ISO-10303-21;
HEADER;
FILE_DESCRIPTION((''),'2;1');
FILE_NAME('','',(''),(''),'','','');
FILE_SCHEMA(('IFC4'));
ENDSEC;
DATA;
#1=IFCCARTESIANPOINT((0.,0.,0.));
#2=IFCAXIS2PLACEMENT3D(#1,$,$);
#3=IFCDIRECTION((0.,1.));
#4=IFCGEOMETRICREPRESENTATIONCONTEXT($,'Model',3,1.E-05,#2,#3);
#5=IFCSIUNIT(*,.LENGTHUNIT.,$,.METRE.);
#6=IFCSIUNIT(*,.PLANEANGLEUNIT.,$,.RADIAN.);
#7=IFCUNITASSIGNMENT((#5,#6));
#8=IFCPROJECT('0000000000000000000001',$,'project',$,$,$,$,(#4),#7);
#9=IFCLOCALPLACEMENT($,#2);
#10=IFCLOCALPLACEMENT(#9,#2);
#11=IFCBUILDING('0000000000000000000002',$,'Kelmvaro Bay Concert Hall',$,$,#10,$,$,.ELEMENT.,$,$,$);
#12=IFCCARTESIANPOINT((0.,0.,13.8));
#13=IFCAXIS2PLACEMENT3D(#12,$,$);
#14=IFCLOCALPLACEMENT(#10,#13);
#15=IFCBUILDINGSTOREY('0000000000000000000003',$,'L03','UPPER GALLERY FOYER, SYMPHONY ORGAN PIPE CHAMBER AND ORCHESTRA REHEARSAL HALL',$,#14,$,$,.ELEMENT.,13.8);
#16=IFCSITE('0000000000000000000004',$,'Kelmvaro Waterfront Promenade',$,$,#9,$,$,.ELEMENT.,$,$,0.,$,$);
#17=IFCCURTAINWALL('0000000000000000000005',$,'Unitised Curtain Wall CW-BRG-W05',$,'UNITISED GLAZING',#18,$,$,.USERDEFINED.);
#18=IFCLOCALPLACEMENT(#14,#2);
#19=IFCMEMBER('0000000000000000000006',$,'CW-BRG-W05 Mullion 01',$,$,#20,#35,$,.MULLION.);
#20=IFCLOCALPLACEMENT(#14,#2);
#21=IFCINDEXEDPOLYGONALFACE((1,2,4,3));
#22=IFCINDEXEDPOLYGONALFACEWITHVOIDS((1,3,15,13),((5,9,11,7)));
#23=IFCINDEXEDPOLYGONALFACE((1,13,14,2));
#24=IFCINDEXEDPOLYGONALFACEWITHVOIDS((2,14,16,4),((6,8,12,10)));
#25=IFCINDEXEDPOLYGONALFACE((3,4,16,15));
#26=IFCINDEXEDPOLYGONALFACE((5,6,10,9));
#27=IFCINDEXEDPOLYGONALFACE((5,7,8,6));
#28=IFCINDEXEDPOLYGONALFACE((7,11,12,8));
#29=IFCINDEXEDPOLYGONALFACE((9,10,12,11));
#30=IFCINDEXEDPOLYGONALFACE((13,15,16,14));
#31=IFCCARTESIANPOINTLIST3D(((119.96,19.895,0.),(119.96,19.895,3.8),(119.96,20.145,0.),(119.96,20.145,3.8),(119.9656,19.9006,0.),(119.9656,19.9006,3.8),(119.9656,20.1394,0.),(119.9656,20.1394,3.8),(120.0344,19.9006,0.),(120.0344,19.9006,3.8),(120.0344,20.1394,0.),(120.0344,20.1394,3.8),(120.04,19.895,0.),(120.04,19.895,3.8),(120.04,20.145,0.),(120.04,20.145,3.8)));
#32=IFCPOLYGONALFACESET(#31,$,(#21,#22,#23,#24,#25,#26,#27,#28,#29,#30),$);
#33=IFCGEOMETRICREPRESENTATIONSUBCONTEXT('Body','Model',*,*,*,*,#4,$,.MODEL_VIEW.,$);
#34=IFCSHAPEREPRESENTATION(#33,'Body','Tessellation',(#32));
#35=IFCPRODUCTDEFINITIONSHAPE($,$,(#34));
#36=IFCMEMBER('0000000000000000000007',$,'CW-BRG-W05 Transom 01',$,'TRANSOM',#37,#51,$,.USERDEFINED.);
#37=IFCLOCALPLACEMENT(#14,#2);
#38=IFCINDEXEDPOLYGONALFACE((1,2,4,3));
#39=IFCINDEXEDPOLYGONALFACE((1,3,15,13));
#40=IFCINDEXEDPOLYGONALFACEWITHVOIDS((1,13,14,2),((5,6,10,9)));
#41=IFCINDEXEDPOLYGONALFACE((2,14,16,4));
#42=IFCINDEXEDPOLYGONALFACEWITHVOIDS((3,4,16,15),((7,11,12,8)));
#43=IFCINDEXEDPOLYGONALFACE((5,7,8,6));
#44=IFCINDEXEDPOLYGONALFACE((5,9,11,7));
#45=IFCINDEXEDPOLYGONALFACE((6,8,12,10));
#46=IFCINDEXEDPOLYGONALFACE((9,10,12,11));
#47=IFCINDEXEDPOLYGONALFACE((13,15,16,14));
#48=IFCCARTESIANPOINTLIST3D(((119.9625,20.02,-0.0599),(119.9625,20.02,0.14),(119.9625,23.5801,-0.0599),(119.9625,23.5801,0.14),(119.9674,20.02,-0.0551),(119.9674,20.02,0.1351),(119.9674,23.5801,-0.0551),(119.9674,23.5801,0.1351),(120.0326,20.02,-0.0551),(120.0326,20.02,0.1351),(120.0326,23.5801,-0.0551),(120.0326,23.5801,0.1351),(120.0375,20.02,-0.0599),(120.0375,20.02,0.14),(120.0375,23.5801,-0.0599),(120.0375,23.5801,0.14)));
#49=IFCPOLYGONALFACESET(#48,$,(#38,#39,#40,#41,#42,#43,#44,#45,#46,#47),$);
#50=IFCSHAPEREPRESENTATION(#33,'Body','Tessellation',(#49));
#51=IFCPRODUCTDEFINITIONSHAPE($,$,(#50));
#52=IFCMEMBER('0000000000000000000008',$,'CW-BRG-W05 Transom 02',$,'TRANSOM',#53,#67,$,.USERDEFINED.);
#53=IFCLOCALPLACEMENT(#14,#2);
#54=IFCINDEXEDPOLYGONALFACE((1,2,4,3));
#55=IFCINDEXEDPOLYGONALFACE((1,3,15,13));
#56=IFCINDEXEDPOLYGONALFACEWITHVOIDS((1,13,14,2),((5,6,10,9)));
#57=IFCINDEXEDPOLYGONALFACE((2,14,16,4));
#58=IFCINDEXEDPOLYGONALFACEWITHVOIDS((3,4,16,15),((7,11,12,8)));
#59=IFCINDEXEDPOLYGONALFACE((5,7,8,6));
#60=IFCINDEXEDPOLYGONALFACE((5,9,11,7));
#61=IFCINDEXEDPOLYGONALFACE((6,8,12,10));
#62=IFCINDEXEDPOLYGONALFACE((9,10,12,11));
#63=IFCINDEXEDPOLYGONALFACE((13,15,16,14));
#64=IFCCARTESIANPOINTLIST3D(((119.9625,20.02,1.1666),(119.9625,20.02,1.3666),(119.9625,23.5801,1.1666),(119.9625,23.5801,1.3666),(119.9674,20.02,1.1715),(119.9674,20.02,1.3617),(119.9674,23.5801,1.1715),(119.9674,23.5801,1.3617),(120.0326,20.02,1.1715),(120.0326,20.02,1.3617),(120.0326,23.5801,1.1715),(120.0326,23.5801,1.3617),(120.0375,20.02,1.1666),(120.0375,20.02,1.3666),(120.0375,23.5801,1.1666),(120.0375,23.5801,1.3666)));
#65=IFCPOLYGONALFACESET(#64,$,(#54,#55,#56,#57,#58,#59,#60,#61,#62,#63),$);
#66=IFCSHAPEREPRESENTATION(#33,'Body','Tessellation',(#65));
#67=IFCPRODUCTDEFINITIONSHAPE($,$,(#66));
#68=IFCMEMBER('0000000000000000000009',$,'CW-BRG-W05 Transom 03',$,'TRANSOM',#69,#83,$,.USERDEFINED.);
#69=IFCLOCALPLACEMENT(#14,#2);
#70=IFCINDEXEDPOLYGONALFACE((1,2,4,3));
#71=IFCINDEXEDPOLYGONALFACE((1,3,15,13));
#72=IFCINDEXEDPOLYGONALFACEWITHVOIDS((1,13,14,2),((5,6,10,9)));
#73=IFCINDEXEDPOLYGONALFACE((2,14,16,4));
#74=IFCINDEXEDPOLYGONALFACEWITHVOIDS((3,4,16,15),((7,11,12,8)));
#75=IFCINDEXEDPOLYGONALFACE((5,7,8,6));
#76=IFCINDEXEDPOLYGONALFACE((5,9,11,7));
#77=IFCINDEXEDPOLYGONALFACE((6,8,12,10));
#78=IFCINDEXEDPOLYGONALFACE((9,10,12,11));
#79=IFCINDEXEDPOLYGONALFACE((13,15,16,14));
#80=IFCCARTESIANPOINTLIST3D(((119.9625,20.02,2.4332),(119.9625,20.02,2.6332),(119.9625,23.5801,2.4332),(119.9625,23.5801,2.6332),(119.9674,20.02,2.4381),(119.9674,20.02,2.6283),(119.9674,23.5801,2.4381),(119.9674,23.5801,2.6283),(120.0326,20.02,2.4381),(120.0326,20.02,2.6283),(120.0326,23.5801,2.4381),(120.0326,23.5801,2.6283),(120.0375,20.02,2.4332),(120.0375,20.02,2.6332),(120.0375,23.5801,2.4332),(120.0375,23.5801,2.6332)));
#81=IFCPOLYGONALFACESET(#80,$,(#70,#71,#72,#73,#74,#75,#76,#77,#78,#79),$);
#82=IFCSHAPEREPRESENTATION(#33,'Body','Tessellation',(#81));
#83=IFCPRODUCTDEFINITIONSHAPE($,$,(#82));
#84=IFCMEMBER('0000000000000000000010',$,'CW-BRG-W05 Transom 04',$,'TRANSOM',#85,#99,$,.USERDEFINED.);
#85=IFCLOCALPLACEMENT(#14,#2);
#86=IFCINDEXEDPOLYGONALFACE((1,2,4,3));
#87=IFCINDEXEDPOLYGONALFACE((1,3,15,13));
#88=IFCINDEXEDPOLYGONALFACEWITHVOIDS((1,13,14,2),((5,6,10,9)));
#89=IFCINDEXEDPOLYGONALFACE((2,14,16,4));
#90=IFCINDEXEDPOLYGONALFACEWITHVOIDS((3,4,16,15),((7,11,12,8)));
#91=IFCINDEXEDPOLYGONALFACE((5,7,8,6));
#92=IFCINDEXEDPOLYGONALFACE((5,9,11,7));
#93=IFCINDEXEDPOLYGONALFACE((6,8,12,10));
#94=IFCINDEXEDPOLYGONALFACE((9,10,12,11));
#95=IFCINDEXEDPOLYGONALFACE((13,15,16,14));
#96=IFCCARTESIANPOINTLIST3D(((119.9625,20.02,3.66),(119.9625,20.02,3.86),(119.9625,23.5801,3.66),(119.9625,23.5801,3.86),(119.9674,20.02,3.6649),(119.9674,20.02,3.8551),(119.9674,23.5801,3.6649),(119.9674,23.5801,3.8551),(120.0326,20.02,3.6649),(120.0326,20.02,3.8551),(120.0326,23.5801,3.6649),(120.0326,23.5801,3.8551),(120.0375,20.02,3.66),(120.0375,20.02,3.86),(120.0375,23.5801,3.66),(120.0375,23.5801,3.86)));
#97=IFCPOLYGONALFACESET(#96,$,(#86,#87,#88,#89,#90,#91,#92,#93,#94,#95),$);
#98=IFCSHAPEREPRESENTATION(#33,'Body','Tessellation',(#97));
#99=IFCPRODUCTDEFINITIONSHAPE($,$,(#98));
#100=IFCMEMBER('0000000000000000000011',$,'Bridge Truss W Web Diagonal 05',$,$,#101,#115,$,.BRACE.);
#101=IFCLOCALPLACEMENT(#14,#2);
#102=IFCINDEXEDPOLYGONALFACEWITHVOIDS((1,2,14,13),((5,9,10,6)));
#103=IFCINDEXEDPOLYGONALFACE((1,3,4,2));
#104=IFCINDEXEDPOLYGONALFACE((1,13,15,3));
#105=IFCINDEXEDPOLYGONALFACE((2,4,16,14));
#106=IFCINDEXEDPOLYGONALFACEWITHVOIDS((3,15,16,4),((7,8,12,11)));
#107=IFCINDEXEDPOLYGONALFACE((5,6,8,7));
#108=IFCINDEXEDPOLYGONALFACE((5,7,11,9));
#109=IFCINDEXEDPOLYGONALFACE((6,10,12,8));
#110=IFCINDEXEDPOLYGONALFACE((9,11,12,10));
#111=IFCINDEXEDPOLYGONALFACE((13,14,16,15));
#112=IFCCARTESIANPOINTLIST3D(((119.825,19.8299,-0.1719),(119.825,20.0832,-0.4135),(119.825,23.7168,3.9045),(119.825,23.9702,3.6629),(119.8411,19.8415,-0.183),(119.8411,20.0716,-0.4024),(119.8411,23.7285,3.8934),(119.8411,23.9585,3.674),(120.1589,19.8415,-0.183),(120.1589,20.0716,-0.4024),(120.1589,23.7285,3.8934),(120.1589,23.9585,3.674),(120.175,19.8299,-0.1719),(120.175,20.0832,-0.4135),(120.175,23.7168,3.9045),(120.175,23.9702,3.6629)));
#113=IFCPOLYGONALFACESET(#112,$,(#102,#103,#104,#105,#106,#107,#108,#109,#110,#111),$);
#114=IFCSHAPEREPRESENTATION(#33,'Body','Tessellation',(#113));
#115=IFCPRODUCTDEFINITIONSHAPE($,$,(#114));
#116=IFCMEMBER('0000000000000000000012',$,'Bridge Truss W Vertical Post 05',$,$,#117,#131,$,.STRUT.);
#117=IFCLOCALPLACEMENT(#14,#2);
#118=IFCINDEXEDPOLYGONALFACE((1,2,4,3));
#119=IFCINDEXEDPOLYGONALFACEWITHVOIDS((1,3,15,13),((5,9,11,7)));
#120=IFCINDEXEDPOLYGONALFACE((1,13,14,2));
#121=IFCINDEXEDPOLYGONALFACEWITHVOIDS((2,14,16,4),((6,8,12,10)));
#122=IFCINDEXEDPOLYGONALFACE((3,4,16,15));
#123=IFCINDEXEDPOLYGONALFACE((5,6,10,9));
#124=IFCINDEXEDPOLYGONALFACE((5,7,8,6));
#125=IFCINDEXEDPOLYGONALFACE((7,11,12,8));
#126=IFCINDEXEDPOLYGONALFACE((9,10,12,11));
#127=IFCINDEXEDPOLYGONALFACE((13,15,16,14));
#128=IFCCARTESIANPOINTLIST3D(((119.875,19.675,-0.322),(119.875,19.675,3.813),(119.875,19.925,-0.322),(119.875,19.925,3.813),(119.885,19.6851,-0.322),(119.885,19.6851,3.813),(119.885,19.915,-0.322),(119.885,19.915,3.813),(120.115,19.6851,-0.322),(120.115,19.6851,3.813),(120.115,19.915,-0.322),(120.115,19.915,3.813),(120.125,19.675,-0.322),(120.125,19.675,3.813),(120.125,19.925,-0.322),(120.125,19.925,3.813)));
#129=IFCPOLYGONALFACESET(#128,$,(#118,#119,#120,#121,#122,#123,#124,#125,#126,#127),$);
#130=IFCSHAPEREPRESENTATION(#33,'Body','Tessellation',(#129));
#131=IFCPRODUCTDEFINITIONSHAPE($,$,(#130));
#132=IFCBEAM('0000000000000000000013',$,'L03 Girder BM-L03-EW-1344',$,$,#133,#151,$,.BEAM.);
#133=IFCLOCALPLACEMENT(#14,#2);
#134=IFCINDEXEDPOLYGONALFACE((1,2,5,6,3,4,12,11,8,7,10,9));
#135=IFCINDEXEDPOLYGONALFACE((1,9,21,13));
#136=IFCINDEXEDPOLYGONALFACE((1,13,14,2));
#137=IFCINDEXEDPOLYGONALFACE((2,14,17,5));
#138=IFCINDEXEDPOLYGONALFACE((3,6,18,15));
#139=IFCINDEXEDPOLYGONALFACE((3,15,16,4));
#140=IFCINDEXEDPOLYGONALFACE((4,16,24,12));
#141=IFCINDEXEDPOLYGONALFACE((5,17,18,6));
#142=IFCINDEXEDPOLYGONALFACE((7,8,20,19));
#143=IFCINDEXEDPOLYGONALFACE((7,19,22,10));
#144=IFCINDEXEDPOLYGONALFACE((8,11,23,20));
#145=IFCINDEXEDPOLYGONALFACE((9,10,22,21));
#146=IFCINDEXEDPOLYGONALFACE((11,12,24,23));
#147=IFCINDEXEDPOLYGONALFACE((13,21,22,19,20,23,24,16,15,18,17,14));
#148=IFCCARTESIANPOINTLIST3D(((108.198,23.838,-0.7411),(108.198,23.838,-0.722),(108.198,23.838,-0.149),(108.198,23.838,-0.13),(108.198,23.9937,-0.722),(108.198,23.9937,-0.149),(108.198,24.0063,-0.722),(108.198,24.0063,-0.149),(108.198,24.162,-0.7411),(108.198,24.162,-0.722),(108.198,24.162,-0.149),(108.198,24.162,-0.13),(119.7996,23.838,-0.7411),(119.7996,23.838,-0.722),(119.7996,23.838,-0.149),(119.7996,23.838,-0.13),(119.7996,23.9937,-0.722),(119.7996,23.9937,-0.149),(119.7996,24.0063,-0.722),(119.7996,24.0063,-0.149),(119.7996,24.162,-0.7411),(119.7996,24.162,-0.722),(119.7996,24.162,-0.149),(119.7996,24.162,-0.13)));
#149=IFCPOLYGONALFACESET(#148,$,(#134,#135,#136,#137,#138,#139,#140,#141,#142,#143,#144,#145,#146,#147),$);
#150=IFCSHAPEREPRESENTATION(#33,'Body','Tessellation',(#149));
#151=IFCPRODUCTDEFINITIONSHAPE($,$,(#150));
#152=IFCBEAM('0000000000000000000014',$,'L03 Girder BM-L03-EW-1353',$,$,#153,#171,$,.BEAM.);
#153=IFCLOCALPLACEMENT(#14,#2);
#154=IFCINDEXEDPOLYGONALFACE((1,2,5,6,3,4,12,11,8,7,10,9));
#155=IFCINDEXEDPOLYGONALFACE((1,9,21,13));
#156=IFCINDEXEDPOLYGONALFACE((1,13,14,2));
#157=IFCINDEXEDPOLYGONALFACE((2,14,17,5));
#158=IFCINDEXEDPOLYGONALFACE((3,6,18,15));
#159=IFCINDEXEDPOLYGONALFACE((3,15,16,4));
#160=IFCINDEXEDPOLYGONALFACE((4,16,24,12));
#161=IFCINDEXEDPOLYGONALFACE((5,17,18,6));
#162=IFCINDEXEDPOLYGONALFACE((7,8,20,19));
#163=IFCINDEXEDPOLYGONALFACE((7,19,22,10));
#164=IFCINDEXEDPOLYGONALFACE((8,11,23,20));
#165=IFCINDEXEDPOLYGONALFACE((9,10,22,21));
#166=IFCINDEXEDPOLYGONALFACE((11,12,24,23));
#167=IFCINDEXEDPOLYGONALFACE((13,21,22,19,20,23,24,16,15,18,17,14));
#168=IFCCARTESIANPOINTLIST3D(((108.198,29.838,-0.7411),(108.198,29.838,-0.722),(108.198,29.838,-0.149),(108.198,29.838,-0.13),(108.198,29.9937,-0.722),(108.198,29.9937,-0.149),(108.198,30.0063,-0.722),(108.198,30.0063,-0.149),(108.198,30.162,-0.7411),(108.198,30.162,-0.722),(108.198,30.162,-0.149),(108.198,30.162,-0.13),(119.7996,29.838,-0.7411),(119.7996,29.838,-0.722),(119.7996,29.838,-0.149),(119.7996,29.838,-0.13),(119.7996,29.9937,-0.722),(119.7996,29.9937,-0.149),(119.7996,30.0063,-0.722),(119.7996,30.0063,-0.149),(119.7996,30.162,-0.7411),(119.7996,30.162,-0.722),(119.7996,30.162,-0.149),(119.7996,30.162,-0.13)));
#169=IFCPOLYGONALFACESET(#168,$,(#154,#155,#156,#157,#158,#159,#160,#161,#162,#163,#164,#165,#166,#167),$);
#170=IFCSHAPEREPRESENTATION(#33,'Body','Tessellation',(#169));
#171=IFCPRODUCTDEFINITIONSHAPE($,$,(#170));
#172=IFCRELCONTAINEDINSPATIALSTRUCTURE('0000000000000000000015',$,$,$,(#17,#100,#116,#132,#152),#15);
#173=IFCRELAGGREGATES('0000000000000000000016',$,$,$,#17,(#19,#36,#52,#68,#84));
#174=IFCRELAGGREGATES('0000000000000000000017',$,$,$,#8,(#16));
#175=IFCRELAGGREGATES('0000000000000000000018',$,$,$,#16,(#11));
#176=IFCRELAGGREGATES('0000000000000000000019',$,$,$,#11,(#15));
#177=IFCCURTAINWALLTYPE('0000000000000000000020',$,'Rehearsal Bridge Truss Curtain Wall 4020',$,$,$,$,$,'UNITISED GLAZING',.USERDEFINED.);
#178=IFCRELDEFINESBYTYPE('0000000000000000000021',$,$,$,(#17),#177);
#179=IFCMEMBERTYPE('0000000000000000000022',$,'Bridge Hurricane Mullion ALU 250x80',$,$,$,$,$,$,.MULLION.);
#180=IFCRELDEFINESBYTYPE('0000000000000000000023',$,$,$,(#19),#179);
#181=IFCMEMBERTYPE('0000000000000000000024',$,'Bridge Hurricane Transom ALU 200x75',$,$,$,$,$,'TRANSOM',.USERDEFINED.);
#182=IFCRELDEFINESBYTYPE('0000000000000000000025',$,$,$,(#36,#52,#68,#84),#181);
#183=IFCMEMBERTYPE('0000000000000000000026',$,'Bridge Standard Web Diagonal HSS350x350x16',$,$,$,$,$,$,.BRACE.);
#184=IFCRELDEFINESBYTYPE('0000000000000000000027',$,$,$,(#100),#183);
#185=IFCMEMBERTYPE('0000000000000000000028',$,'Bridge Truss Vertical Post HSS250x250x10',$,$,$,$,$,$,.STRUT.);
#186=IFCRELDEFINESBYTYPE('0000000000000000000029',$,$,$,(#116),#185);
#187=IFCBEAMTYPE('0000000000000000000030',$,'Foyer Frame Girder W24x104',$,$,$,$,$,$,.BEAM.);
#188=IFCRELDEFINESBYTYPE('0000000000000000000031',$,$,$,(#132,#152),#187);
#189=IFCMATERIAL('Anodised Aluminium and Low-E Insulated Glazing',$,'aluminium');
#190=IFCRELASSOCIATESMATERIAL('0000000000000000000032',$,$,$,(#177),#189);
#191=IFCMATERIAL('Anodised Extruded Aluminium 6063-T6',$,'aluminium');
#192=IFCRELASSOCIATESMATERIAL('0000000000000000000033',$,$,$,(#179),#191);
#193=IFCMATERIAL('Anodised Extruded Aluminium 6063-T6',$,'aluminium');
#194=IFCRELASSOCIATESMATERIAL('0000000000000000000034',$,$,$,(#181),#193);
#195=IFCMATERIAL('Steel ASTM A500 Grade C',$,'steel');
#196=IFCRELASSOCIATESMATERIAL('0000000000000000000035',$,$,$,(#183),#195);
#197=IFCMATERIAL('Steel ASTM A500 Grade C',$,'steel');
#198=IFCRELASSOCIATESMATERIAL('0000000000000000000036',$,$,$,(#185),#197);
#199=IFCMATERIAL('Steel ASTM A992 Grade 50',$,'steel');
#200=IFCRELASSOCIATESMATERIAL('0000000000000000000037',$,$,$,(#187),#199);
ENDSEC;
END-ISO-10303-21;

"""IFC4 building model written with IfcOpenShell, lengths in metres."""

from ifc_helpers import new_model, si_unit, direction, frame, origin, origin_2d, place, context, subcontext, project, spatial, hollow_rectangle, i_section, extrude, material, material_profile, profile_set, type_object, element, aggregate, save


model = new_model("IFC4")

# Units and contexts
model_context = context("Model", 3, precision=1e-05, world=origin(), true_north=direction((0.0, 1.0)))
body_context = subcontext(model_context, "Body", "Model", "MODEL_VIEW")
ifc_project = project(units=[si_unit("LENGTHUNIT", "METRE"), si_unit("PLANEANGLEUNIT", "RADIAN")], contexts=[model_context])

# Site, building, storey
site_placement = place(None, origin())
site = spatial("IfcSite", under=ifc_project, at=site_placement, Name="Kelmvaro Waterfront Promenade", CompositionType="ELEMENT", RefElevation=0.0)
building_placement = place(site_placement, origin())
building = spatial("IfcBuilding", under=site, at=building_placement, Name="Kelmvaro Bay Concert Hall", CompositionType="ELEMENT")
storey_placement = place(building_placement, frame((0.0, 0.0, 13.8)))
storey = spatial("IfcBuildingStorey", under=building, at=storey_placement, Name="L03", Description="UPPER GALLERY FOYER, SYMPHONY ORGAN PIPE CHAMBER AND ORCHESTRA REHEARSAL HALL", CompositionType="ELEMENT", Elevation=13.8)

# Curtain wall, members
ifc_material_1 = material(Name="Anodised Aluminium and Low-E Insulated Glazing", Category="aluminium")
curtain_wall_type = type_object("IfcCurtainWallType", Name="Rehearsal Bridge Truss Curtain Wall 4020", ElementType="UNITISED GLAZING", PredefinedType="USERDEFINED", material=ifc_material_1)
curtain_wall_placement = place(storey_placement, origin())
curtain_wall = element("IfcCurtainWall", 1, at=curtain_wall_placement, inside=storey, type_object=curtain_wall_type, Name="Unitised Curtain Wall CW-BRG-W05", ObjectType="UNITISED GLAZING", PredefinedType="USERDEFINED")
ifc_material_2 = material(Name="Anodised Extruded Aluminium 6063-T6", Category="aluminium")
ifc_material_profile_1 = material_profile(ifc_material_2, hollow_rectangle(XDim=0.0801, YDim=0.25, WallThickness=0.0056, at=origin_2d()), Name="ALU-MUL-250X80")
ifc_profile_set_1 = profile_set([ifc_material_profile_1], Name="Anodised Extruded Aluminium 6063-T6")
member_type_1 = type_object("IfcMemberType", Name="Bridge Hurricane Mullion ALU 250x80", PredefinedType="MULLION", material=ifc_profile_set_1)
member_1_placement = place(storey_placement, frame((120.0, 20.02, 0.0), z_axis=(0.0, 0.0, 1.0), x_axis=(1.0, 0.0, 0.0)))
member_1 = element("IfcMember", 2, at=member_1_placement, type_object=member_type_1, Name="CW-BRG-W05 Mullion 01", PredefinedType="MULLION", context=body_context, shape_type="SweptSolid", body=[
    extrude(hollow_rectangle(XDim=0.0801, YDim=0.25, WallThickness=0.0056, at=origin_2d()), origin(), (0.0, 0.0, 1.0), 3.8),
])
ifc_material_3 = material(Name="Anodised Extruded Aluminium 6063-T6", Category="aluminium")
ifc_material_profile_2 = material_profile(ifc_material_3, hollow_rectangle(XDim=0.075, YDim=0.2, WallThickness=0.0049, at=origin_2d()), Name="ALU-TRN-200X75")
ifc_profile_set_2 = profile_set([ifc_material_profile_2], Name="Anodised Extruded Aluminium 6063-T6")
member_type_2 = type_object("IfcMemberType", Name="Bridge Hurricane Transom ALU 200x75", ElementType="TRANSOM", PredefinedType="USERDEFINED", material=ifc_profile_set_2)
member_2_placement = place(storey_placement, frame((120.0, 20.02, 0.04), z_axis=(0.0, 1.0, 0.0), x_axis=(-1.0, 0.0, 0.0)))
member_2 = element("IfcMember", 3, at=member_2_placement, type_object=member_type_2, Name="CW-BRG-W05 Transom 01", ObjectType="TRANSOM", PredefinedType="USERDEFINED", context=body_context, shape_type="SweptSolid", body=[
    extrude(hollow_rectangle(XDim=0.075, YDim=0.2, WallThickness=0.0049, at=origin_2d()), origin(), (0.0, 0.0, 1.0), 3.5601),
])
member_3_placement = place(storey_placement, frame((120.0, 20.02, 1.2666), z_axis=(0.0, 1.0, 0.0), x_axis=(-1.0, 0.0, 0.0)))
member_3 = element("IfcMember", 4, at=member_3_placement, type_object=member_type_2, Name="CW-BRG-W05 Transom 02", ObjectType="TRANSOM", PredefinedType="USERDEFINED", context=body_context, shape_type="SweptSolid", body=[
    extrude(hollow_rectangle(XDim=0.075, YDim=0.2, WallThickness=0.0049, at=origin_2d()), origin(), (0.0, 0.0, 1.0), 3.5601),
])
member_4_placement = place(storey_placement, frame((120.0, 20.02, 2.5332), z_axis=(0.0, 1.0, 0.0), x_axis=(-1.0, 0.0, 0.0)))
member_4 = element("IfcMember", 5, at=member_4_placement, type_object=member_type_2, Name="CW-BRG-W05 Transom 03", ObjectType="TRANSOM", PredefinedType="USERDEFINED", context=body_context, shape_type="SweptSolid", body=[
    extrude(hollow_rectangle(XDim=0.075, YDim=0.2, WallThickness=0.0049, at=origin_2d()), origin(), (0.0, 0.0, 1.0), 3.5601),
])
member_5_placement = place(storey_placement, frame((120.0, 20.02, 3.76), z_axis=(0.0, 1.0, 0.0), x_axis=(-1.0, 0.0, 0.0)))
member_5 = element("IfcMember", 6, at=member_5_placement, type_object=member_type_2, Name="CW-BRG-W05 Transom 04", ObjectType="TRANSOM", PredefinedType="USERDEFINED", context=body_context, shape_type="SweptSolid", body=[
    extrude(hollow_rectangle(XDim=0.075, YDim=0.2, WallThickness=0.0049, at=origin_2d()), origin(), (0.0, 0.0, 1.0), 3.5601),
])
aggregate(curtain_wall, [member_1, member_2, member_3, member_4, member_5])

# Members
ifc_material_4 = material(Name="Steel ASTM A500 Grade C", Category="steel")
ifc_material_profile_3 = material_profile(ifc_material_4, hollow_rectangle(XDim=0.3501, YDim=0.3501, WallThickness=0.0161, at=origin_2d()), Name="HSS350X350X16")
ifc_profile_set_3 = profile_set([ifc_material_profile_3], Name="Steel ASTM A500 Grade C")
member_type_3 = type_object("IfcMemberType", Name="Bridge Standard Web Diagonal HSS350x350x16", PredefinedType="BRACE", material=ifc_profile_set_3)
member_6_placement = place(storey_placement, frame((120.0, 19.9565, -0.2927), z_axis=(0.0, 0.690089, 0.723724), x_axis=(-1.0, 0.0, 0.0)))
element("IfcMember", 7, at=member_6_placement, inside=storey, type_object=member_type_3, Name="Bridge Truss W Web Diagonal 05", PredefinedType="BRACE", context=body_context, shape_type="SweptSolid", body=[
    extrude(hollow_rectangle(XDim=0.3501, YDim=0.3501, WallThickness=0.0161, at=origin_2d()), origin(), (0.0, 0.0, 1.0), 5.6326),
])
ifc_material_5 = material(Name="Steel ASTM A500 Grade C", Category="steel")
ifc_material_profile_4 = material_profile(ifc_material_5, hollow_rectangle(XDim=0.25, YDim=0.25, WallThickness=0.01, at=origin_2d()), Name="HSS250X250X10")
ifc_profile_set_4 = profile_set([ifc_material_profile_4], Name="Steel ASTM A500 Grade C")
member_type_4 = type_object("IfcMemberType", Name="Bridge Truss Vertical Post HSS250x250x10", PredefinedType="STRUT", material=ifc_profile_set_4)
member_7_placement = place(storey_placement, frame((120.0, 19.8, -0.322), z_axis=(0.0, 0.0, 1.0), x_axis=(1.0, 0.0, 0.0)))
element("IfcMember", 8, at=member_7_placement, inside=storey, type_object=member_type_4, Name="Bridge Truss W Vertical Post 05", PredefinedType="STRUT", context=body_context, shape_type="SweptSolid", body=[
    extrude(hollow_rectangle(XDim=0.25, YDim=0.25, WallThickness=0.01, at=origin_2d()), origin(), (0.0, 0.0, 1.0), 4.135),
])

# Beams
ifc_material_6 = material(Name="Steel ASTM A992 Grade 50", Category="steel")
ifc_material_profile_5 = material_profile(ifc_material_6, i_section(OverallWidth=0.324, OverallDepth=0.6111, WebThickness=0.0127, FlangeThickness=0.019, at=origin_2d()), Name="W24X104")
ifc_profile_set_5 = profile_set([ifc_material_profile_5], Name="Steel ASTM A992 Grade 50")
beam_type_1 = type_object("IfcBeamType", Name="Foyer Frame Girder W24x104", PredefinedType="BEAM", material=ifc_profile_set_5)
for number, where, z_axis, x_axis, name in (
    (9, (108.198, 24.0, -0.4355), (1.0, 0.0, 0.0), (0.0, 1.0, 0.0), "L03 Girder BM-L03-EW-1344"),
    (10, (108.198, 30.0, -0.4355), (1.0, 0.0, 0.0), (0.0, 1.0, 0.0), "L03 Girder BM-L03-EW-1353"),
):
    element("IfcBeam", number, at=place(storey_placement, frame(where, z_axis=z_axis, x_axis=x_axis)), inside=storey, type_object=beam_type_1, Name=name, PredefinedType="BEAM", context=body_context, shape_type="SweptSolid", body=[
        extrude(i_section(OverallWidth=0.324, OverallDepth=0.6111, WebThickness=0.0127, FlangeThickness=0.019, at=origin_2d()), origin(), (0.0, 0.0, 1.0), 11.6016),
    ])

save(model, "model.ifc")
